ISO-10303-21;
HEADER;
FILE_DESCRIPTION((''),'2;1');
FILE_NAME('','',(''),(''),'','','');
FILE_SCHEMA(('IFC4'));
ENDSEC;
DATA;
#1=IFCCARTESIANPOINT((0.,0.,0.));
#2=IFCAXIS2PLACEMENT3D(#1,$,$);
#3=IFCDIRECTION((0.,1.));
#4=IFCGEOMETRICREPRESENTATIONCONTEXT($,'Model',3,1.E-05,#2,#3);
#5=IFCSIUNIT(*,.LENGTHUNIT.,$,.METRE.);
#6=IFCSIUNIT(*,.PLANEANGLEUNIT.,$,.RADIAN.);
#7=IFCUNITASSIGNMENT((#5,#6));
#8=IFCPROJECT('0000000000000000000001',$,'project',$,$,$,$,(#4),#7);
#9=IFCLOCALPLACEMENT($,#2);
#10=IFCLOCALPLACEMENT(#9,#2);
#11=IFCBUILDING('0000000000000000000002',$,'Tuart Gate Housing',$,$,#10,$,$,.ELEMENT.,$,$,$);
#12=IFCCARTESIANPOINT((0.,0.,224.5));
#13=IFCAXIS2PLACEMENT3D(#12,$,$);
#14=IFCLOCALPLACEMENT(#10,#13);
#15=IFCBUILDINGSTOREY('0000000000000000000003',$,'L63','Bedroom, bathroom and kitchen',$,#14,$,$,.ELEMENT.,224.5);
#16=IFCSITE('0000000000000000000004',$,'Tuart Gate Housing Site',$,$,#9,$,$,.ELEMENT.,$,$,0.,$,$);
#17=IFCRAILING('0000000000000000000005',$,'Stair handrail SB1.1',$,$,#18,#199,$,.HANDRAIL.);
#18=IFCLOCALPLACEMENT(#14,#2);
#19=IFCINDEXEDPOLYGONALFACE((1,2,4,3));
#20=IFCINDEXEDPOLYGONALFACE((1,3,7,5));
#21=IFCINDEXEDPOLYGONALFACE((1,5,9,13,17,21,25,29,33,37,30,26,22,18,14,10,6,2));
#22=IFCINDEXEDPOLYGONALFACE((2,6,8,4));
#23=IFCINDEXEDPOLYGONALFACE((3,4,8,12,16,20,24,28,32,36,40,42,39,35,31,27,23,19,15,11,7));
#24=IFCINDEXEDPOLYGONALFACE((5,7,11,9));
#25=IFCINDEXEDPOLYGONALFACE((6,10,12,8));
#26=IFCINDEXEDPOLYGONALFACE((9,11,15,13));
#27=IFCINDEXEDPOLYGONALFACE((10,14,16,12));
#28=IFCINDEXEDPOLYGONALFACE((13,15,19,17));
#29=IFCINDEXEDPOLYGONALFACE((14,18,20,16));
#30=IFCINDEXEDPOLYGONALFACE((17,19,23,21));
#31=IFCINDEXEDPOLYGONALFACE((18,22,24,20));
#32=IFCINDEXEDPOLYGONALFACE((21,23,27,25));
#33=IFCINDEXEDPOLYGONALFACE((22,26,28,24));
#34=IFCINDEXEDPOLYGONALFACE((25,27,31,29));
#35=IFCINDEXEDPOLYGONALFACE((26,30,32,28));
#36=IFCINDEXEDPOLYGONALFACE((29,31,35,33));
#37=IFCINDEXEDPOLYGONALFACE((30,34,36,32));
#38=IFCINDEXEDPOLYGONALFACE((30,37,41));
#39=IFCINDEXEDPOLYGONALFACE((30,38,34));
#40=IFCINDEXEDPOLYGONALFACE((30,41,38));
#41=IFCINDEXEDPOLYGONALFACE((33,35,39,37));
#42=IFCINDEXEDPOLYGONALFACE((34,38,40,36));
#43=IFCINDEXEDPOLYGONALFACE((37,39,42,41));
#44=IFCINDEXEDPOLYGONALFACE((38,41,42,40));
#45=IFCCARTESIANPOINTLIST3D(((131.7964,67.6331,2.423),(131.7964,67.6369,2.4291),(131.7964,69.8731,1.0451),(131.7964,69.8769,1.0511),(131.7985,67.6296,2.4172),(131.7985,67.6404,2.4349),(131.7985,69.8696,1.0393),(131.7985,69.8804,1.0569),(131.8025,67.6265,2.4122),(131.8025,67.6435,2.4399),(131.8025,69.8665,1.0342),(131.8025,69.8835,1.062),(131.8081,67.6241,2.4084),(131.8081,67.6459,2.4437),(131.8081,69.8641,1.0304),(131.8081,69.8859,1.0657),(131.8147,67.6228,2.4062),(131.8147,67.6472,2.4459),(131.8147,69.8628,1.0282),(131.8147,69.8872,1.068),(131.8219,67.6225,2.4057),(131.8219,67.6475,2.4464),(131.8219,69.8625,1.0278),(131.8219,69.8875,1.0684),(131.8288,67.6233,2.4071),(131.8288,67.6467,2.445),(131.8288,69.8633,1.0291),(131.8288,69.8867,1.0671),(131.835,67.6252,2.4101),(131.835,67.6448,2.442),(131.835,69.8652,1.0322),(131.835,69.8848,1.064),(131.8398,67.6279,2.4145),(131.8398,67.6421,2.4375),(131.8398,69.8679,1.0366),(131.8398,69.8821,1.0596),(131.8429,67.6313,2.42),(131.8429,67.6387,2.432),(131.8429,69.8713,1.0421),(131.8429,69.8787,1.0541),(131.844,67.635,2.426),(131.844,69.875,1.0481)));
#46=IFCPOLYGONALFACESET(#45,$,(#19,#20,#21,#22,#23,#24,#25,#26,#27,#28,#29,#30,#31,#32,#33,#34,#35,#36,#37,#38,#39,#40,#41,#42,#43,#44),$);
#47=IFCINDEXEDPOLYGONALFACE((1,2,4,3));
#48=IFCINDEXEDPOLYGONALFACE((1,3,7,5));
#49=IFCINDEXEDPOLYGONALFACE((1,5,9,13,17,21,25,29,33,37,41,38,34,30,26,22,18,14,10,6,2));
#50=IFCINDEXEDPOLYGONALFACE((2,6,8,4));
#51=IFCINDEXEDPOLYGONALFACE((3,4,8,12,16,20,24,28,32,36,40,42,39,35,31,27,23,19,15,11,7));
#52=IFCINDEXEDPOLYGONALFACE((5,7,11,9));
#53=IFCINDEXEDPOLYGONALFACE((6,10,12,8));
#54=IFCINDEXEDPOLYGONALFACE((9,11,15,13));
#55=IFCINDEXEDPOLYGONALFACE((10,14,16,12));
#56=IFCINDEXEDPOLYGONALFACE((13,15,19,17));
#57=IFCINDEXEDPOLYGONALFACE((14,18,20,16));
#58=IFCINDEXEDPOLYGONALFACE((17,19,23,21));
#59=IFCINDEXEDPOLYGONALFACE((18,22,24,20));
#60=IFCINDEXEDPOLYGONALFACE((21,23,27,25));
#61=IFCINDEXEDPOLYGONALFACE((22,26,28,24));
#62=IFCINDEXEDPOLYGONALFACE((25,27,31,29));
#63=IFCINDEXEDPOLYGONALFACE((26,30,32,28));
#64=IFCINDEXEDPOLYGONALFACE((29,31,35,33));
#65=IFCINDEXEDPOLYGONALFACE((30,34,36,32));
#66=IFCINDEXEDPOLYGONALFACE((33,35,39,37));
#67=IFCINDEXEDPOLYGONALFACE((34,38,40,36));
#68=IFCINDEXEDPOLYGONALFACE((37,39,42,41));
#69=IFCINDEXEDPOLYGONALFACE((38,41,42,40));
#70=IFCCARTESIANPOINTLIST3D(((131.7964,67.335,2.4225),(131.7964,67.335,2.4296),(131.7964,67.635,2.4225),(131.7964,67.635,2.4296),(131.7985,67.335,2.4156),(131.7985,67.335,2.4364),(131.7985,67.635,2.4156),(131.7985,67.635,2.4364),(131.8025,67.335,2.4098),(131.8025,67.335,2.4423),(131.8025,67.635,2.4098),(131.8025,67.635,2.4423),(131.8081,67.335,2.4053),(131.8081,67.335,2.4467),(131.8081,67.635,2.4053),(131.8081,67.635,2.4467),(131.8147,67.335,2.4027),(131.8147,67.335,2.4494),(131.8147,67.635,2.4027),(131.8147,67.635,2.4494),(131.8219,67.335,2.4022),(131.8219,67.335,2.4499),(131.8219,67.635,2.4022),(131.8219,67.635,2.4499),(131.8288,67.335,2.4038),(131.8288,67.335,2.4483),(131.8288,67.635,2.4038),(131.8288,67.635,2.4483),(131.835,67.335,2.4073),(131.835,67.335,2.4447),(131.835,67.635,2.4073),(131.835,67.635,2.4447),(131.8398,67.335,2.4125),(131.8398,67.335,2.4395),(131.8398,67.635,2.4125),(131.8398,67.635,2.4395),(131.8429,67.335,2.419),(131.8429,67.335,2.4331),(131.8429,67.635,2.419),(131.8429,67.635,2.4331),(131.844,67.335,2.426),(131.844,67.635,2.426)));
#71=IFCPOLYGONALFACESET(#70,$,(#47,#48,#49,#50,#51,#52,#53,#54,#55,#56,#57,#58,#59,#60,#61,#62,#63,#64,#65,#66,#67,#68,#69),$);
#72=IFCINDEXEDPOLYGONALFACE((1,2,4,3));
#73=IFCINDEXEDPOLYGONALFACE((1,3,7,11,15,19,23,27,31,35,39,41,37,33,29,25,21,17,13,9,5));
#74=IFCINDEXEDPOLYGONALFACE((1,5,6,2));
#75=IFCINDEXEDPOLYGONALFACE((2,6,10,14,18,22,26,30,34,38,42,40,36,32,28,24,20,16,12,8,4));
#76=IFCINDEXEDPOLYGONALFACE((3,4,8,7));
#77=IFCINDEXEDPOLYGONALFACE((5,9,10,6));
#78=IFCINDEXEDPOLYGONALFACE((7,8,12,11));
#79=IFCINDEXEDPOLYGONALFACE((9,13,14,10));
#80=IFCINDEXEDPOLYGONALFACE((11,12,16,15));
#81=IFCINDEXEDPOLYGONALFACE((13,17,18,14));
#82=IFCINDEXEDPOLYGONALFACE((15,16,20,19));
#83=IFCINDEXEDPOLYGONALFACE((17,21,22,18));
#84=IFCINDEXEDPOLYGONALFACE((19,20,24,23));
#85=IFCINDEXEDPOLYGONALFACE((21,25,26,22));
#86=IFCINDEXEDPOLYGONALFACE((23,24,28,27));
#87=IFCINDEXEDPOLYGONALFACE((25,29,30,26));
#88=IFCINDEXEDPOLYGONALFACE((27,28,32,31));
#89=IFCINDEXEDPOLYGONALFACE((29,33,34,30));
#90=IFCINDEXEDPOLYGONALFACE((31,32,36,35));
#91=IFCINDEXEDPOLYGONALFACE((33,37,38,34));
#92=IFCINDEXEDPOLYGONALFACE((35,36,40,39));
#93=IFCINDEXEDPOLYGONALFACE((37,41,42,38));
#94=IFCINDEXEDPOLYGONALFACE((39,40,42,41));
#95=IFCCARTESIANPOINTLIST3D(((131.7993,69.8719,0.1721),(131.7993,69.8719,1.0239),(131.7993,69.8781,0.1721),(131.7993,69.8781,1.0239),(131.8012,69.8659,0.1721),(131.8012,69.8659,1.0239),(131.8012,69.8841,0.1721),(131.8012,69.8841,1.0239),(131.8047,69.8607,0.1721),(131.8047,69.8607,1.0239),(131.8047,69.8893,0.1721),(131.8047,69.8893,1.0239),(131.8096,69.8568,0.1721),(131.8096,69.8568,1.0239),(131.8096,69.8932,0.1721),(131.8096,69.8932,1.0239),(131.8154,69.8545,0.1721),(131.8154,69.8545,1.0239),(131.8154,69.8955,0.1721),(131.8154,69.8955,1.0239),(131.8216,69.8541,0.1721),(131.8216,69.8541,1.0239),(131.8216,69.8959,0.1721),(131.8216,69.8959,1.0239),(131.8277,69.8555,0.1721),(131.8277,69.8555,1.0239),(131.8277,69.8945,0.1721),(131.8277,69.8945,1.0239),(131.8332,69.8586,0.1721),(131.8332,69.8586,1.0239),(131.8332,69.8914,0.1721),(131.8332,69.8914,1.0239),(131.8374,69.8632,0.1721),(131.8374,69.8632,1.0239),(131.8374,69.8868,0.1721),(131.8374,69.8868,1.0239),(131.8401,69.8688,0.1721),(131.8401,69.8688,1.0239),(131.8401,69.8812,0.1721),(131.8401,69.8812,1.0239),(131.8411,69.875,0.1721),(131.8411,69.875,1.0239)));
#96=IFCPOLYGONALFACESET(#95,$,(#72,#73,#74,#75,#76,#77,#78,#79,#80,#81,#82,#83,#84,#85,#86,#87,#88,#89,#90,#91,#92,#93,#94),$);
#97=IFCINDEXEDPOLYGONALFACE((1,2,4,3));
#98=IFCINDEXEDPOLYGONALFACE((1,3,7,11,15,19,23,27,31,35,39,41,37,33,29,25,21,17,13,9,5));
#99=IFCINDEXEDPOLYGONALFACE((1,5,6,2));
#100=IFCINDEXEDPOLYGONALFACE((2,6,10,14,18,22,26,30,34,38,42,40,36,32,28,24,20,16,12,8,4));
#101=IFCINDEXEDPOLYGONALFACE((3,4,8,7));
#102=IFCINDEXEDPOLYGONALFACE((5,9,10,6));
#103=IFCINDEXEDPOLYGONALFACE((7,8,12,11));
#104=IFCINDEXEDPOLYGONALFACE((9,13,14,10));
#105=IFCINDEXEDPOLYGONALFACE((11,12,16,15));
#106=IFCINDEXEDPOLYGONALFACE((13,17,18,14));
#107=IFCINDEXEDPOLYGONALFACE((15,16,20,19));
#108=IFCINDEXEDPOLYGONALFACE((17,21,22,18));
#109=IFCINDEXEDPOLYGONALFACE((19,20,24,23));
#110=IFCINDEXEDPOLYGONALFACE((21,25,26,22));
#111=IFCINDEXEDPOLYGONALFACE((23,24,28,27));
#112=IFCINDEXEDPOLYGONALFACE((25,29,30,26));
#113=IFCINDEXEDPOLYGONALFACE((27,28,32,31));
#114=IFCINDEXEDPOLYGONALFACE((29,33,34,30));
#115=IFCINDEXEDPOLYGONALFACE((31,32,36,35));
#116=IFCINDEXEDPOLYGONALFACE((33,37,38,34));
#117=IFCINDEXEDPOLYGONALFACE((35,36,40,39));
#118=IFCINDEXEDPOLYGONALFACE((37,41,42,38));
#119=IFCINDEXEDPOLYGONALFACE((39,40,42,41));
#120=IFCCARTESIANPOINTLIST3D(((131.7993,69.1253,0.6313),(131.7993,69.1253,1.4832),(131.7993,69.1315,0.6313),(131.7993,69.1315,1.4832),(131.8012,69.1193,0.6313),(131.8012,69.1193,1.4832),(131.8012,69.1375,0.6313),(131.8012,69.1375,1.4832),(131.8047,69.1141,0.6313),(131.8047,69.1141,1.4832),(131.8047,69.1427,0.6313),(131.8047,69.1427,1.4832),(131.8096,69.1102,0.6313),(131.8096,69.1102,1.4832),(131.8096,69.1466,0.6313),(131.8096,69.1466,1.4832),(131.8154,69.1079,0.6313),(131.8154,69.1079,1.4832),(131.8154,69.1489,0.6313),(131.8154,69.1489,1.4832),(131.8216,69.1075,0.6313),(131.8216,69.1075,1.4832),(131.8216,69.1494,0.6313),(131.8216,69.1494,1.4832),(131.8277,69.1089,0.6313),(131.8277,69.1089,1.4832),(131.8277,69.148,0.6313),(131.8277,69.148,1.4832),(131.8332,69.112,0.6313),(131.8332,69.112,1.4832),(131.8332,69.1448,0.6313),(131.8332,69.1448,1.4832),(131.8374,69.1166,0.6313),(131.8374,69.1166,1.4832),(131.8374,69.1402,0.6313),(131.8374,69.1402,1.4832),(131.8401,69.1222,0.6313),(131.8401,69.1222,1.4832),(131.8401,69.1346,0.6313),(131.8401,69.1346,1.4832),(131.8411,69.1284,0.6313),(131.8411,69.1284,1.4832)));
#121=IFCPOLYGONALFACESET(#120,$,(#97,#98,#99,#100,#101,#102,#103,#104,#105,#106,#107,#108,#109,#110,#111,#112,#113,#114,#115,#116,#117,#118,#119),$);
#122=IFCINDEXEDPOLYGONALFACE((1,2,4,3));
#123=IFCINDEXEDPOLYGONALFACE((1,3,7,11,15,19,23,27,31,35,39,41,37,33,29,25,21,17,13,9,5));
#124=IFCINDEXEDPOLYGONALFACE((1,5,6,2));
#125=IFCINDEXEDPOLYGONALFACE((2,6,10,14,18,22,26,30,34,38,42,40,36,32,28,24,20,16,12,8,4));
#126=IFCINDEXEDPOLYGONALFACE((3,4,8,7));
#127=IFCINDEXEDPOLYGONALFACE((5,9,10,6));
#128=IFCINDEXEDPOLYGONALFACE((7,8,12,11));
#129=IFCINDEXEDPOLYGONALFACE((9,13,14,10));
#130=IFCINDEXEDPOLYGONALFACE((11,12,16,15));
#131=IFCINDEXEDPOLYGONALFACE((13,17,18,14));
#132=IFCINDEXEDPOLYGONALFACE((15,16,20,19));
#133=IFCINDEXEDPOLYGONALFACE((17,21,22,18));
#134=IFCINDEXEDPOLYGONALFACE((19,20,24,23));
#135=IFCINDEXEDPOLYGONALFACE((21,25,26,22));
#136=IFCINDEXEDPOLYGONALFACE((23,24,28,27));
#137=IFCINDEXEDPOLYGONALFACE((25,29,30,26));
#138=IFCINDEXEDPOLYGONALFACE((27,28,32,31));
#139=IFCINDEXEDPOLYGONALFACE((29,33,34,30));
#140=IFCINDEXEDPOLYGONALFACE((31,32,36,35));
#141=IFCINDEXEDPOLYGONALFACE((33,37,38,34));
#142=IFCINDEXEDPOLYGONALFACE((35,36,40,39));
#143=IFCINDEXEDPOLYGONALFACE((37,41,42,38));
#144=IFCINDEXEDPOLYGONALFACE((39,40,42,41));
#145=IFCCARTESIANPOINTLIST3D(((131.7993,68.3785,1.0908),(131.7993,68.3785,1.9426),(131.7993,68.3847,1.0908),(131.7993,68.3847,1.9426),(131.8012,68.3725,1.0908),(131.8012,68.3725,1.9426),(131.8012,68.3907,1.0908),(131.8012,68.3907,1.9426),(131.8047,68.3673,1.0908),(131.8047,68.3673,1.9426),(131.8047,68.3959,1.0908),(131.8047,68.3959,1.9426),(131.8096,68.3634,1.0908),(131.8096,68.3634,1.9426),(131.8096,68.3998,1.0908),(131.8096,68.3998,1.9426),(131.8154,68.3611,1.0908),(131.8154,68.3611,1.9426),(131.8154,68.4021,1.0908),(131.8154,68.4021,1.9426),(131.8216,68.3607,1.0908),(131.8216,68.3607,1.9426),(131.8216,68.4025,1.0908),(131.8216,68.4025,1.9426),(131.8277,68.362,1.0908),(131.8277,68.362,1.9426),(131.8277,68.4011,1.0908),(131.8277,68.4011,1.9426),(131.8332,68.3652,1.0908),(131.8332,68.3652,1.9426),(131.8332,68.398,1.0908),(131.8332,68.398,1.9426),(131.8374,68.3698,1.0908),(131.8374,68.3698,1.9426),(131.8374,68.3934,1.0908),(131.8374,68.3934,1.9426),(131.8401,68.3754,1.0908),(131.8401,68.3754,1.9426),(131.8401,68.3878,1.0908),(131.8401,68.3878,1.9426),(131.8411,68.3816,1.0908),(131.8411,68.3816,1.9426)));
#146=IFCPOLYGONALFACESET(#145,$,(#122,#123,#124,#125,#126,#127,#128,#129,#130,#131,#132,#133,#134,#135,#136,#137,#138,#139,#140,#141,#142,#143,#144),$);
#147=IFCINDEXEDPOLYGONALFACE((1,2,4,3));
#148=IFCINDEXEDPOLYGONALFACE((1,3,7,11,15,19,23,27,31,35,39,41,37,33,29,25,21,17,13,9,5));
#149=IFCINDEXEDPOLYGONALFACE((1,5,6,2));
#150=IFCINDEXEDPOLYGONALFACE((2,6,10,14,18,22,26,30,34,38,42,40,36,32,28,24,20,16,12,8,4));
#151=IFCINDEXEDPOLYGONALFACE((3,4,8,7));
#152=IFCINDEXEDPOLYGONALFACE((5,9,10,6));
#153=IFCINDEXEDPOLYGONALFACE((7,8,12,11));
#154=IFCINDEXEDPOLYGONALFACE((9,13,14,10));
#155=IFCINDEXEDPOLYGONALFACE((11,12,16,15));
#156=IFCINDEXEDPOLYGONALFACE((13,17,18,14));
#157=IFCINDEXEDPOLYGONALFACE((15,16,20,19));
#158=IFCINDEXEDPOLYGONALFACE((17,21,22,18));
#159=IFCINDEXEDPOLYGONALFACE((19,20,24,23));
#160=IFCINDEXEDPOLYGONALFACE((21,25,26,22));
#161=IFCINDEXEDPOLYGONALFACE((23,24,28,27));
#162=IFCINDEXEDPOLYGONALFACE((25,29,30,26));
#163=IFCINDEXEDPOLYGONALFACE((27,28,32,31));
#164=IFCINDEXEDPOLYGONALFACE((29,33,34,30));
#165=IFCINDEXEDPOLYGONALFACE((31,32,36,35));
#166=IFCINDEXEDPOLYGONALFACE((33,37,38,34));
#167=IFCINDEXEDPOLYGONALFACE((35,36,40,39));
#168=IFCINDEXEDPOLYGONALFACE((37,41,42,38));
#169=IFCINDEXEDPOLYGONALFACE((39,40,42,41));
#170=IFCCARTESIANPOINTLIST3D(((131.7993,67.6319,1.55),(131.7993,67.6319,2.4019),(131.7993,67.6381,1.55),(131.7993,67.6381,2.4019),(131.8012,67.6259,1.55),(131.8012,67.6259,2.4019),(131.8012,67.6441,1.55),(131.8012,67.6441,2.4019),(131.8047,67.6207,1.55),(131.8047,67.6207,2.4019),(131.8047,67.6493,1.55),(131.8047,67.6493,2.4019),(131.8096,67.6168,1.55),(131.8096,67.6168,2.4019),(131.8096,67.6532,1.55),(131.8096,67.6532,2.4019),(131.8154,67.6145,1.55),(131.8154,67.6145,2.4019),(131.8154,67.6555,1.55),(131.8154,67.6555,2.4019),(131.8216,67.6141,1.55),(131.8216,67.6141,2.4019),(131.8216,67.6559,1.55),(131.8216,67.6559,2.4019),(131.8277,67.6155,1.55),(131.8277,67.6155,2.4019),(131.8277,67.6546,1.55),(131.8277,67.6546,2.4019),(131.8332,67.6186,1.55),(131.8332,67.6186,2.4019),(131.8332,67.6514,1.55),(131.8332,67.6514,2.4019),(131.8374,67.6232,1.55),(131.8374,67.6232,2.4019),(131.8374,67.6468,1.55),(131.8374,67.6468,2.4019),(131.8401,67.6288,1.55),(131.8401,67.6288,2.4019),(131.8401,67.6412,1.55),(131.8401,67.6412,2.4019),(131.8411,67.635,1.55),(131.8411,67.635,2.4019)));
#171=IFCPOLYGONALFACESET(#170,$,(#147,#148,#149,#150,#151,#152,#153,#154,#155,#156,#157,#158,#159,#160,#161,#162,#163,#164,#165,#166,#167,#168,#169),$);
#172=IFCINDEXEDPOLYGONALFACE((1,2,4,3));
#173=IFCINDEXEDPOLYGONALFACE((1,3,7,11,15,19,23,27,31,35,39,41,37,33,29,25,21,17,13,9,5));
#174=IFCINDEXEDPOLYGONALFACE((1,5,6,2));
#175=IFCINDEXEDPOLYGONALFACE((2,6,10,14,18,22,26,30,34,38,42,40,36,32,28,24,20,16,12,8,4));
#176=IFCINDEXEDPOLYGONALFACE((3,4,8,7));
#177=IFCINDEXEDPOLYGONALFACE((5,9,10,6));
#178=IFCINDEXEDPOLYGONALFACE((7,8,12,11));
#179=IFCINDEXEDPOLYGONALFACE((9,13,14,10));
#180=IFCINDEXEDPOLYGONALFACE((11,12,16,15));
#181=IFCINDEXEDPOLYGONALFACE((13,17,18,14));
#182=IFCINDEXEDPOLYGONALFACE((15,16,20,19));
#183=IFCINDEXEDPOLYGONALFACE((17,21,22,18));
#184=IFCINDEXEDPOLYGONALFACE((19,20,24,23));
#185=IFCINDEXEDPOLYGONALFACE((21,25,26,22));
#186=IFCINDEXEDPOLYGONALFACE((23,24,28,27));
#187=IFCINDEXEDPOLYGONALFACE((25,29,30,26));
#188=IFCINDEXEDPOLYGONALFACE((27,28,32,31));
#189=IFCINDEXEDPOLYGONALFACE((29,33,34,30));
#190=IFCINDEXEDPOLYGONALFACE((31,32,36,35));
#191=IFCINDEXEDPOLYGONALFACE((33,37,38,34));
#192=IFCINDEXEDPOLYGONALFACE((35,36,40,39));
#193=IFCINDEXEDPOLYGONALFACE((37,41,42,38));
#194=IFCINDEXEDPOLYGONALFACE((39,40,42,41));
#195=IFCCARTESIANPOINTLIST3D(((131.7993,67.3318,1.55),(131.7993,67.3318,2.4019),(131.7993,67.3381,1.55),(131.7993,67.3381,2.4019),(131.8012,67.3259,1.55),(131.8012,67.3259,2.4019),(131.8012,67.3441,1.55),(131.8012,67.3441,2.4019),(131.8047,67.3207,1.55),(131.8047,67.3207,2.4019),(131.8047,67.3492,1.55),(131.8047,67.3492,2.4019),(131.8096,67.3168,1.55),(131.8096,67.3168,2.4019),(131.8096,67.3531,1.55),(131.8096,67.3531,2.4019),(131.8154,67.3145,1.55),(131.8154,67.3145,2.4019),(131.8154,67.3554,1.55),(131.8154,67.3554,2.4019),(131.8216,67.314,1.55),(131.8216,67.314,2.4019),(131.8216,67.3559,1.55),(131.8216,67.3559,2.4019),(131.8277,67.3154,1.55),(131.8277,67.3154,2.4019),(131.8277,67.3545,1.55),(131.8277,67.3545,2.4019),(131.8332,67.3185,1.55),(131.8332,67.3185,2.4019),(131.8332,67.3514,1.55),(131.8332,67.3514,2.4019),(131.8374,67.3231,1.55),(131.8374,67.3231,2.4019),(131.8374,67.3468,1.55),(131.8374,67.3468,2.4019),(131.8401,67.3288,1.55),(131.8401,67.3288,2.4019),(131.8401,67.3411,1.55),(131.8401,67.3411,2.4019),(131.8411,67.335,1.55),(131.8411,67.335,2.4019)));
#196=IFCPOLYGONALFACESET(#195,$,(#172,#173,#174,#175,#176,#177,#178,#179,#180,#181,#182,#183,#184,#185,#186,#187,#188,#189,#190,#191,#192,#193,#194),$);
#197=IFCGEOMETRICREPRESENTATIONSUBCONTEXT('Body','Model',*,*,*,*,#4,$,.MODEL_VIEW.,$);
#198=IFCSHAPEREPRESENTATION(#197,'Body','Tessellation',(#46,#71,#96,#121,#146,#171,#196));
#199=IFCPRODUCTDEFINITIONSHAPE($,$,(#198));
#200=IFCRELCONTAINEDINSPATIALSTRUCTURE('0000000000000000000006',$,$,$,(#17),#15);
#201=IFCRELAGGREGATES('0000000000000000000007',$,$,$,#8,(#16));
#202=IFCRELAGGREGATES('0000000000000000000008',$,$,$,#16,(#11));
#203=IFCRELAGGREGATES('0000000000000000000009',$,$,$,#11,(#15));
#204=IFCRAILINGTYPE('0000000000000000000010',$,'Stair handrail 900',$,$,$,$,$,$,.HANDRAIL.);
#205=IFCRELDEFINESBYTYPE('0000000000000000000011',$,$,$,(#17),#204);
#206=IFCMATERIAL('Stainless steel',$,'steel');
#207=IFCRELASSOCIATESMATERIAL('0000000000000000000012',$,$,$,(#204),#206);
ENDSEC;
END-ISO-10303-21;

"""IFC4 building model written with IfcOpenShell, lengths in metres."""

from ifc_helpers import new_model, si_unit, direction, frame, origin, origin_2d, place, context, subcontext, project, spatial, circle, extrude, material, type_object, element, save


model = new_model("IFC4")

# Units and contexts
model_context = context("Model", 3, precision=1e-05, world=origin(), true_north=direction((0.0, 1.0)))
body_context = subcontext(model_context, "Body", "Model", "MODEL_VIEW")
ifc_project = project(units=[si_unit("LENGTHUNIT", "METRE"), si_unit("PLANEANGLEUNIT", "RADIAN")], contexts=[model_context])

# Site, building, storey
site_placement = place(None, origin())
site = spatial("IfcSite", under=ifc_project, at=site_placement, Name="Tuart Gate Housing Site", CompositionType="ELEMENT", RefElevation=0.0)
building_placement = place(site_placement, origin())
building = spatial("IfcBuilding", under=site, at=building_placement, Name="Tuart Gate Housing", CompositionType="ELEMENT")
storey_placement = place(building_placement, frame((0.0, 0.0, 224.5)))
storey = spatial("IfcBuildingStorey", under=building, at=storey_placement, Name="L63", Description="Bedroom, bathroom and kitchen", CompositionType="ELEMENT", Elevation=224.5)

# Railing
ifc_material_1 = material(Name="Stainless steel", Category="steel")
railing_type = type_object("IfcRailingType", Name="Stair handrail 900", PredefinedType="HANDRAIL", material=ifc_material_1)
railing_placement = place(storey_placement, frame((131.8201, 69.875, 0.1721)))
element("IfcRailing", 1, at=railing_placement, inside=storey, type_object=railing_type, Name="Stair handrail SB1.1", PredefinedType="HANDRAIL", context=body_context, shape_type="SweptSolid", body=[
    extrude(circle(Radius=0.0239, at=origin_2d()), frame((0.0, 0.0, 0.876), z_axis=(0.0, -0.851748, 0.523952), x_axis=(1.0, 0.0, 0.0)), (0.0, 0.0, 1.0), 2.6299),
    extrude(circle(Radius=0.0239, at=origin_2d()), frame((0.0, -2.24, 2.2539), z_axis=(0.0, -1.0, 0.0), x_axis=(1.0, 0.0, 0.0)), (0.0, 0.0, 1.0), 0.3),
    extrude(circle(Radius=0.021, at=origin_2d()), origin(), (0.0, 0.0, 1.0), 0.8518),
    extrude(circle(Radius=0.021, at=origin_2d()), frame((0.0, -0.7466, 0.4592)), (0.0, 0.0, 1.0), 0.8518),
    extrude(circle(Radius=0.021, at=origin_2d()), frame((0.0, -1.4934, 0.9187)), (0.0, 0.0, 1.0), 0.8518),
    extrude(circle(Radius=0.021, at=origin_2d()), frame((0.0, -2.24, 1.3779)), (0.0, 0.0, 1.0), 0.8518),
    extrude(circle(Radius=0.021, at=origin_2d()), frame((0.0, -2.54, 1.3779)), (0.0, 0.0, 1.0), 0.8518),
])

save(model, "model.ifc")
